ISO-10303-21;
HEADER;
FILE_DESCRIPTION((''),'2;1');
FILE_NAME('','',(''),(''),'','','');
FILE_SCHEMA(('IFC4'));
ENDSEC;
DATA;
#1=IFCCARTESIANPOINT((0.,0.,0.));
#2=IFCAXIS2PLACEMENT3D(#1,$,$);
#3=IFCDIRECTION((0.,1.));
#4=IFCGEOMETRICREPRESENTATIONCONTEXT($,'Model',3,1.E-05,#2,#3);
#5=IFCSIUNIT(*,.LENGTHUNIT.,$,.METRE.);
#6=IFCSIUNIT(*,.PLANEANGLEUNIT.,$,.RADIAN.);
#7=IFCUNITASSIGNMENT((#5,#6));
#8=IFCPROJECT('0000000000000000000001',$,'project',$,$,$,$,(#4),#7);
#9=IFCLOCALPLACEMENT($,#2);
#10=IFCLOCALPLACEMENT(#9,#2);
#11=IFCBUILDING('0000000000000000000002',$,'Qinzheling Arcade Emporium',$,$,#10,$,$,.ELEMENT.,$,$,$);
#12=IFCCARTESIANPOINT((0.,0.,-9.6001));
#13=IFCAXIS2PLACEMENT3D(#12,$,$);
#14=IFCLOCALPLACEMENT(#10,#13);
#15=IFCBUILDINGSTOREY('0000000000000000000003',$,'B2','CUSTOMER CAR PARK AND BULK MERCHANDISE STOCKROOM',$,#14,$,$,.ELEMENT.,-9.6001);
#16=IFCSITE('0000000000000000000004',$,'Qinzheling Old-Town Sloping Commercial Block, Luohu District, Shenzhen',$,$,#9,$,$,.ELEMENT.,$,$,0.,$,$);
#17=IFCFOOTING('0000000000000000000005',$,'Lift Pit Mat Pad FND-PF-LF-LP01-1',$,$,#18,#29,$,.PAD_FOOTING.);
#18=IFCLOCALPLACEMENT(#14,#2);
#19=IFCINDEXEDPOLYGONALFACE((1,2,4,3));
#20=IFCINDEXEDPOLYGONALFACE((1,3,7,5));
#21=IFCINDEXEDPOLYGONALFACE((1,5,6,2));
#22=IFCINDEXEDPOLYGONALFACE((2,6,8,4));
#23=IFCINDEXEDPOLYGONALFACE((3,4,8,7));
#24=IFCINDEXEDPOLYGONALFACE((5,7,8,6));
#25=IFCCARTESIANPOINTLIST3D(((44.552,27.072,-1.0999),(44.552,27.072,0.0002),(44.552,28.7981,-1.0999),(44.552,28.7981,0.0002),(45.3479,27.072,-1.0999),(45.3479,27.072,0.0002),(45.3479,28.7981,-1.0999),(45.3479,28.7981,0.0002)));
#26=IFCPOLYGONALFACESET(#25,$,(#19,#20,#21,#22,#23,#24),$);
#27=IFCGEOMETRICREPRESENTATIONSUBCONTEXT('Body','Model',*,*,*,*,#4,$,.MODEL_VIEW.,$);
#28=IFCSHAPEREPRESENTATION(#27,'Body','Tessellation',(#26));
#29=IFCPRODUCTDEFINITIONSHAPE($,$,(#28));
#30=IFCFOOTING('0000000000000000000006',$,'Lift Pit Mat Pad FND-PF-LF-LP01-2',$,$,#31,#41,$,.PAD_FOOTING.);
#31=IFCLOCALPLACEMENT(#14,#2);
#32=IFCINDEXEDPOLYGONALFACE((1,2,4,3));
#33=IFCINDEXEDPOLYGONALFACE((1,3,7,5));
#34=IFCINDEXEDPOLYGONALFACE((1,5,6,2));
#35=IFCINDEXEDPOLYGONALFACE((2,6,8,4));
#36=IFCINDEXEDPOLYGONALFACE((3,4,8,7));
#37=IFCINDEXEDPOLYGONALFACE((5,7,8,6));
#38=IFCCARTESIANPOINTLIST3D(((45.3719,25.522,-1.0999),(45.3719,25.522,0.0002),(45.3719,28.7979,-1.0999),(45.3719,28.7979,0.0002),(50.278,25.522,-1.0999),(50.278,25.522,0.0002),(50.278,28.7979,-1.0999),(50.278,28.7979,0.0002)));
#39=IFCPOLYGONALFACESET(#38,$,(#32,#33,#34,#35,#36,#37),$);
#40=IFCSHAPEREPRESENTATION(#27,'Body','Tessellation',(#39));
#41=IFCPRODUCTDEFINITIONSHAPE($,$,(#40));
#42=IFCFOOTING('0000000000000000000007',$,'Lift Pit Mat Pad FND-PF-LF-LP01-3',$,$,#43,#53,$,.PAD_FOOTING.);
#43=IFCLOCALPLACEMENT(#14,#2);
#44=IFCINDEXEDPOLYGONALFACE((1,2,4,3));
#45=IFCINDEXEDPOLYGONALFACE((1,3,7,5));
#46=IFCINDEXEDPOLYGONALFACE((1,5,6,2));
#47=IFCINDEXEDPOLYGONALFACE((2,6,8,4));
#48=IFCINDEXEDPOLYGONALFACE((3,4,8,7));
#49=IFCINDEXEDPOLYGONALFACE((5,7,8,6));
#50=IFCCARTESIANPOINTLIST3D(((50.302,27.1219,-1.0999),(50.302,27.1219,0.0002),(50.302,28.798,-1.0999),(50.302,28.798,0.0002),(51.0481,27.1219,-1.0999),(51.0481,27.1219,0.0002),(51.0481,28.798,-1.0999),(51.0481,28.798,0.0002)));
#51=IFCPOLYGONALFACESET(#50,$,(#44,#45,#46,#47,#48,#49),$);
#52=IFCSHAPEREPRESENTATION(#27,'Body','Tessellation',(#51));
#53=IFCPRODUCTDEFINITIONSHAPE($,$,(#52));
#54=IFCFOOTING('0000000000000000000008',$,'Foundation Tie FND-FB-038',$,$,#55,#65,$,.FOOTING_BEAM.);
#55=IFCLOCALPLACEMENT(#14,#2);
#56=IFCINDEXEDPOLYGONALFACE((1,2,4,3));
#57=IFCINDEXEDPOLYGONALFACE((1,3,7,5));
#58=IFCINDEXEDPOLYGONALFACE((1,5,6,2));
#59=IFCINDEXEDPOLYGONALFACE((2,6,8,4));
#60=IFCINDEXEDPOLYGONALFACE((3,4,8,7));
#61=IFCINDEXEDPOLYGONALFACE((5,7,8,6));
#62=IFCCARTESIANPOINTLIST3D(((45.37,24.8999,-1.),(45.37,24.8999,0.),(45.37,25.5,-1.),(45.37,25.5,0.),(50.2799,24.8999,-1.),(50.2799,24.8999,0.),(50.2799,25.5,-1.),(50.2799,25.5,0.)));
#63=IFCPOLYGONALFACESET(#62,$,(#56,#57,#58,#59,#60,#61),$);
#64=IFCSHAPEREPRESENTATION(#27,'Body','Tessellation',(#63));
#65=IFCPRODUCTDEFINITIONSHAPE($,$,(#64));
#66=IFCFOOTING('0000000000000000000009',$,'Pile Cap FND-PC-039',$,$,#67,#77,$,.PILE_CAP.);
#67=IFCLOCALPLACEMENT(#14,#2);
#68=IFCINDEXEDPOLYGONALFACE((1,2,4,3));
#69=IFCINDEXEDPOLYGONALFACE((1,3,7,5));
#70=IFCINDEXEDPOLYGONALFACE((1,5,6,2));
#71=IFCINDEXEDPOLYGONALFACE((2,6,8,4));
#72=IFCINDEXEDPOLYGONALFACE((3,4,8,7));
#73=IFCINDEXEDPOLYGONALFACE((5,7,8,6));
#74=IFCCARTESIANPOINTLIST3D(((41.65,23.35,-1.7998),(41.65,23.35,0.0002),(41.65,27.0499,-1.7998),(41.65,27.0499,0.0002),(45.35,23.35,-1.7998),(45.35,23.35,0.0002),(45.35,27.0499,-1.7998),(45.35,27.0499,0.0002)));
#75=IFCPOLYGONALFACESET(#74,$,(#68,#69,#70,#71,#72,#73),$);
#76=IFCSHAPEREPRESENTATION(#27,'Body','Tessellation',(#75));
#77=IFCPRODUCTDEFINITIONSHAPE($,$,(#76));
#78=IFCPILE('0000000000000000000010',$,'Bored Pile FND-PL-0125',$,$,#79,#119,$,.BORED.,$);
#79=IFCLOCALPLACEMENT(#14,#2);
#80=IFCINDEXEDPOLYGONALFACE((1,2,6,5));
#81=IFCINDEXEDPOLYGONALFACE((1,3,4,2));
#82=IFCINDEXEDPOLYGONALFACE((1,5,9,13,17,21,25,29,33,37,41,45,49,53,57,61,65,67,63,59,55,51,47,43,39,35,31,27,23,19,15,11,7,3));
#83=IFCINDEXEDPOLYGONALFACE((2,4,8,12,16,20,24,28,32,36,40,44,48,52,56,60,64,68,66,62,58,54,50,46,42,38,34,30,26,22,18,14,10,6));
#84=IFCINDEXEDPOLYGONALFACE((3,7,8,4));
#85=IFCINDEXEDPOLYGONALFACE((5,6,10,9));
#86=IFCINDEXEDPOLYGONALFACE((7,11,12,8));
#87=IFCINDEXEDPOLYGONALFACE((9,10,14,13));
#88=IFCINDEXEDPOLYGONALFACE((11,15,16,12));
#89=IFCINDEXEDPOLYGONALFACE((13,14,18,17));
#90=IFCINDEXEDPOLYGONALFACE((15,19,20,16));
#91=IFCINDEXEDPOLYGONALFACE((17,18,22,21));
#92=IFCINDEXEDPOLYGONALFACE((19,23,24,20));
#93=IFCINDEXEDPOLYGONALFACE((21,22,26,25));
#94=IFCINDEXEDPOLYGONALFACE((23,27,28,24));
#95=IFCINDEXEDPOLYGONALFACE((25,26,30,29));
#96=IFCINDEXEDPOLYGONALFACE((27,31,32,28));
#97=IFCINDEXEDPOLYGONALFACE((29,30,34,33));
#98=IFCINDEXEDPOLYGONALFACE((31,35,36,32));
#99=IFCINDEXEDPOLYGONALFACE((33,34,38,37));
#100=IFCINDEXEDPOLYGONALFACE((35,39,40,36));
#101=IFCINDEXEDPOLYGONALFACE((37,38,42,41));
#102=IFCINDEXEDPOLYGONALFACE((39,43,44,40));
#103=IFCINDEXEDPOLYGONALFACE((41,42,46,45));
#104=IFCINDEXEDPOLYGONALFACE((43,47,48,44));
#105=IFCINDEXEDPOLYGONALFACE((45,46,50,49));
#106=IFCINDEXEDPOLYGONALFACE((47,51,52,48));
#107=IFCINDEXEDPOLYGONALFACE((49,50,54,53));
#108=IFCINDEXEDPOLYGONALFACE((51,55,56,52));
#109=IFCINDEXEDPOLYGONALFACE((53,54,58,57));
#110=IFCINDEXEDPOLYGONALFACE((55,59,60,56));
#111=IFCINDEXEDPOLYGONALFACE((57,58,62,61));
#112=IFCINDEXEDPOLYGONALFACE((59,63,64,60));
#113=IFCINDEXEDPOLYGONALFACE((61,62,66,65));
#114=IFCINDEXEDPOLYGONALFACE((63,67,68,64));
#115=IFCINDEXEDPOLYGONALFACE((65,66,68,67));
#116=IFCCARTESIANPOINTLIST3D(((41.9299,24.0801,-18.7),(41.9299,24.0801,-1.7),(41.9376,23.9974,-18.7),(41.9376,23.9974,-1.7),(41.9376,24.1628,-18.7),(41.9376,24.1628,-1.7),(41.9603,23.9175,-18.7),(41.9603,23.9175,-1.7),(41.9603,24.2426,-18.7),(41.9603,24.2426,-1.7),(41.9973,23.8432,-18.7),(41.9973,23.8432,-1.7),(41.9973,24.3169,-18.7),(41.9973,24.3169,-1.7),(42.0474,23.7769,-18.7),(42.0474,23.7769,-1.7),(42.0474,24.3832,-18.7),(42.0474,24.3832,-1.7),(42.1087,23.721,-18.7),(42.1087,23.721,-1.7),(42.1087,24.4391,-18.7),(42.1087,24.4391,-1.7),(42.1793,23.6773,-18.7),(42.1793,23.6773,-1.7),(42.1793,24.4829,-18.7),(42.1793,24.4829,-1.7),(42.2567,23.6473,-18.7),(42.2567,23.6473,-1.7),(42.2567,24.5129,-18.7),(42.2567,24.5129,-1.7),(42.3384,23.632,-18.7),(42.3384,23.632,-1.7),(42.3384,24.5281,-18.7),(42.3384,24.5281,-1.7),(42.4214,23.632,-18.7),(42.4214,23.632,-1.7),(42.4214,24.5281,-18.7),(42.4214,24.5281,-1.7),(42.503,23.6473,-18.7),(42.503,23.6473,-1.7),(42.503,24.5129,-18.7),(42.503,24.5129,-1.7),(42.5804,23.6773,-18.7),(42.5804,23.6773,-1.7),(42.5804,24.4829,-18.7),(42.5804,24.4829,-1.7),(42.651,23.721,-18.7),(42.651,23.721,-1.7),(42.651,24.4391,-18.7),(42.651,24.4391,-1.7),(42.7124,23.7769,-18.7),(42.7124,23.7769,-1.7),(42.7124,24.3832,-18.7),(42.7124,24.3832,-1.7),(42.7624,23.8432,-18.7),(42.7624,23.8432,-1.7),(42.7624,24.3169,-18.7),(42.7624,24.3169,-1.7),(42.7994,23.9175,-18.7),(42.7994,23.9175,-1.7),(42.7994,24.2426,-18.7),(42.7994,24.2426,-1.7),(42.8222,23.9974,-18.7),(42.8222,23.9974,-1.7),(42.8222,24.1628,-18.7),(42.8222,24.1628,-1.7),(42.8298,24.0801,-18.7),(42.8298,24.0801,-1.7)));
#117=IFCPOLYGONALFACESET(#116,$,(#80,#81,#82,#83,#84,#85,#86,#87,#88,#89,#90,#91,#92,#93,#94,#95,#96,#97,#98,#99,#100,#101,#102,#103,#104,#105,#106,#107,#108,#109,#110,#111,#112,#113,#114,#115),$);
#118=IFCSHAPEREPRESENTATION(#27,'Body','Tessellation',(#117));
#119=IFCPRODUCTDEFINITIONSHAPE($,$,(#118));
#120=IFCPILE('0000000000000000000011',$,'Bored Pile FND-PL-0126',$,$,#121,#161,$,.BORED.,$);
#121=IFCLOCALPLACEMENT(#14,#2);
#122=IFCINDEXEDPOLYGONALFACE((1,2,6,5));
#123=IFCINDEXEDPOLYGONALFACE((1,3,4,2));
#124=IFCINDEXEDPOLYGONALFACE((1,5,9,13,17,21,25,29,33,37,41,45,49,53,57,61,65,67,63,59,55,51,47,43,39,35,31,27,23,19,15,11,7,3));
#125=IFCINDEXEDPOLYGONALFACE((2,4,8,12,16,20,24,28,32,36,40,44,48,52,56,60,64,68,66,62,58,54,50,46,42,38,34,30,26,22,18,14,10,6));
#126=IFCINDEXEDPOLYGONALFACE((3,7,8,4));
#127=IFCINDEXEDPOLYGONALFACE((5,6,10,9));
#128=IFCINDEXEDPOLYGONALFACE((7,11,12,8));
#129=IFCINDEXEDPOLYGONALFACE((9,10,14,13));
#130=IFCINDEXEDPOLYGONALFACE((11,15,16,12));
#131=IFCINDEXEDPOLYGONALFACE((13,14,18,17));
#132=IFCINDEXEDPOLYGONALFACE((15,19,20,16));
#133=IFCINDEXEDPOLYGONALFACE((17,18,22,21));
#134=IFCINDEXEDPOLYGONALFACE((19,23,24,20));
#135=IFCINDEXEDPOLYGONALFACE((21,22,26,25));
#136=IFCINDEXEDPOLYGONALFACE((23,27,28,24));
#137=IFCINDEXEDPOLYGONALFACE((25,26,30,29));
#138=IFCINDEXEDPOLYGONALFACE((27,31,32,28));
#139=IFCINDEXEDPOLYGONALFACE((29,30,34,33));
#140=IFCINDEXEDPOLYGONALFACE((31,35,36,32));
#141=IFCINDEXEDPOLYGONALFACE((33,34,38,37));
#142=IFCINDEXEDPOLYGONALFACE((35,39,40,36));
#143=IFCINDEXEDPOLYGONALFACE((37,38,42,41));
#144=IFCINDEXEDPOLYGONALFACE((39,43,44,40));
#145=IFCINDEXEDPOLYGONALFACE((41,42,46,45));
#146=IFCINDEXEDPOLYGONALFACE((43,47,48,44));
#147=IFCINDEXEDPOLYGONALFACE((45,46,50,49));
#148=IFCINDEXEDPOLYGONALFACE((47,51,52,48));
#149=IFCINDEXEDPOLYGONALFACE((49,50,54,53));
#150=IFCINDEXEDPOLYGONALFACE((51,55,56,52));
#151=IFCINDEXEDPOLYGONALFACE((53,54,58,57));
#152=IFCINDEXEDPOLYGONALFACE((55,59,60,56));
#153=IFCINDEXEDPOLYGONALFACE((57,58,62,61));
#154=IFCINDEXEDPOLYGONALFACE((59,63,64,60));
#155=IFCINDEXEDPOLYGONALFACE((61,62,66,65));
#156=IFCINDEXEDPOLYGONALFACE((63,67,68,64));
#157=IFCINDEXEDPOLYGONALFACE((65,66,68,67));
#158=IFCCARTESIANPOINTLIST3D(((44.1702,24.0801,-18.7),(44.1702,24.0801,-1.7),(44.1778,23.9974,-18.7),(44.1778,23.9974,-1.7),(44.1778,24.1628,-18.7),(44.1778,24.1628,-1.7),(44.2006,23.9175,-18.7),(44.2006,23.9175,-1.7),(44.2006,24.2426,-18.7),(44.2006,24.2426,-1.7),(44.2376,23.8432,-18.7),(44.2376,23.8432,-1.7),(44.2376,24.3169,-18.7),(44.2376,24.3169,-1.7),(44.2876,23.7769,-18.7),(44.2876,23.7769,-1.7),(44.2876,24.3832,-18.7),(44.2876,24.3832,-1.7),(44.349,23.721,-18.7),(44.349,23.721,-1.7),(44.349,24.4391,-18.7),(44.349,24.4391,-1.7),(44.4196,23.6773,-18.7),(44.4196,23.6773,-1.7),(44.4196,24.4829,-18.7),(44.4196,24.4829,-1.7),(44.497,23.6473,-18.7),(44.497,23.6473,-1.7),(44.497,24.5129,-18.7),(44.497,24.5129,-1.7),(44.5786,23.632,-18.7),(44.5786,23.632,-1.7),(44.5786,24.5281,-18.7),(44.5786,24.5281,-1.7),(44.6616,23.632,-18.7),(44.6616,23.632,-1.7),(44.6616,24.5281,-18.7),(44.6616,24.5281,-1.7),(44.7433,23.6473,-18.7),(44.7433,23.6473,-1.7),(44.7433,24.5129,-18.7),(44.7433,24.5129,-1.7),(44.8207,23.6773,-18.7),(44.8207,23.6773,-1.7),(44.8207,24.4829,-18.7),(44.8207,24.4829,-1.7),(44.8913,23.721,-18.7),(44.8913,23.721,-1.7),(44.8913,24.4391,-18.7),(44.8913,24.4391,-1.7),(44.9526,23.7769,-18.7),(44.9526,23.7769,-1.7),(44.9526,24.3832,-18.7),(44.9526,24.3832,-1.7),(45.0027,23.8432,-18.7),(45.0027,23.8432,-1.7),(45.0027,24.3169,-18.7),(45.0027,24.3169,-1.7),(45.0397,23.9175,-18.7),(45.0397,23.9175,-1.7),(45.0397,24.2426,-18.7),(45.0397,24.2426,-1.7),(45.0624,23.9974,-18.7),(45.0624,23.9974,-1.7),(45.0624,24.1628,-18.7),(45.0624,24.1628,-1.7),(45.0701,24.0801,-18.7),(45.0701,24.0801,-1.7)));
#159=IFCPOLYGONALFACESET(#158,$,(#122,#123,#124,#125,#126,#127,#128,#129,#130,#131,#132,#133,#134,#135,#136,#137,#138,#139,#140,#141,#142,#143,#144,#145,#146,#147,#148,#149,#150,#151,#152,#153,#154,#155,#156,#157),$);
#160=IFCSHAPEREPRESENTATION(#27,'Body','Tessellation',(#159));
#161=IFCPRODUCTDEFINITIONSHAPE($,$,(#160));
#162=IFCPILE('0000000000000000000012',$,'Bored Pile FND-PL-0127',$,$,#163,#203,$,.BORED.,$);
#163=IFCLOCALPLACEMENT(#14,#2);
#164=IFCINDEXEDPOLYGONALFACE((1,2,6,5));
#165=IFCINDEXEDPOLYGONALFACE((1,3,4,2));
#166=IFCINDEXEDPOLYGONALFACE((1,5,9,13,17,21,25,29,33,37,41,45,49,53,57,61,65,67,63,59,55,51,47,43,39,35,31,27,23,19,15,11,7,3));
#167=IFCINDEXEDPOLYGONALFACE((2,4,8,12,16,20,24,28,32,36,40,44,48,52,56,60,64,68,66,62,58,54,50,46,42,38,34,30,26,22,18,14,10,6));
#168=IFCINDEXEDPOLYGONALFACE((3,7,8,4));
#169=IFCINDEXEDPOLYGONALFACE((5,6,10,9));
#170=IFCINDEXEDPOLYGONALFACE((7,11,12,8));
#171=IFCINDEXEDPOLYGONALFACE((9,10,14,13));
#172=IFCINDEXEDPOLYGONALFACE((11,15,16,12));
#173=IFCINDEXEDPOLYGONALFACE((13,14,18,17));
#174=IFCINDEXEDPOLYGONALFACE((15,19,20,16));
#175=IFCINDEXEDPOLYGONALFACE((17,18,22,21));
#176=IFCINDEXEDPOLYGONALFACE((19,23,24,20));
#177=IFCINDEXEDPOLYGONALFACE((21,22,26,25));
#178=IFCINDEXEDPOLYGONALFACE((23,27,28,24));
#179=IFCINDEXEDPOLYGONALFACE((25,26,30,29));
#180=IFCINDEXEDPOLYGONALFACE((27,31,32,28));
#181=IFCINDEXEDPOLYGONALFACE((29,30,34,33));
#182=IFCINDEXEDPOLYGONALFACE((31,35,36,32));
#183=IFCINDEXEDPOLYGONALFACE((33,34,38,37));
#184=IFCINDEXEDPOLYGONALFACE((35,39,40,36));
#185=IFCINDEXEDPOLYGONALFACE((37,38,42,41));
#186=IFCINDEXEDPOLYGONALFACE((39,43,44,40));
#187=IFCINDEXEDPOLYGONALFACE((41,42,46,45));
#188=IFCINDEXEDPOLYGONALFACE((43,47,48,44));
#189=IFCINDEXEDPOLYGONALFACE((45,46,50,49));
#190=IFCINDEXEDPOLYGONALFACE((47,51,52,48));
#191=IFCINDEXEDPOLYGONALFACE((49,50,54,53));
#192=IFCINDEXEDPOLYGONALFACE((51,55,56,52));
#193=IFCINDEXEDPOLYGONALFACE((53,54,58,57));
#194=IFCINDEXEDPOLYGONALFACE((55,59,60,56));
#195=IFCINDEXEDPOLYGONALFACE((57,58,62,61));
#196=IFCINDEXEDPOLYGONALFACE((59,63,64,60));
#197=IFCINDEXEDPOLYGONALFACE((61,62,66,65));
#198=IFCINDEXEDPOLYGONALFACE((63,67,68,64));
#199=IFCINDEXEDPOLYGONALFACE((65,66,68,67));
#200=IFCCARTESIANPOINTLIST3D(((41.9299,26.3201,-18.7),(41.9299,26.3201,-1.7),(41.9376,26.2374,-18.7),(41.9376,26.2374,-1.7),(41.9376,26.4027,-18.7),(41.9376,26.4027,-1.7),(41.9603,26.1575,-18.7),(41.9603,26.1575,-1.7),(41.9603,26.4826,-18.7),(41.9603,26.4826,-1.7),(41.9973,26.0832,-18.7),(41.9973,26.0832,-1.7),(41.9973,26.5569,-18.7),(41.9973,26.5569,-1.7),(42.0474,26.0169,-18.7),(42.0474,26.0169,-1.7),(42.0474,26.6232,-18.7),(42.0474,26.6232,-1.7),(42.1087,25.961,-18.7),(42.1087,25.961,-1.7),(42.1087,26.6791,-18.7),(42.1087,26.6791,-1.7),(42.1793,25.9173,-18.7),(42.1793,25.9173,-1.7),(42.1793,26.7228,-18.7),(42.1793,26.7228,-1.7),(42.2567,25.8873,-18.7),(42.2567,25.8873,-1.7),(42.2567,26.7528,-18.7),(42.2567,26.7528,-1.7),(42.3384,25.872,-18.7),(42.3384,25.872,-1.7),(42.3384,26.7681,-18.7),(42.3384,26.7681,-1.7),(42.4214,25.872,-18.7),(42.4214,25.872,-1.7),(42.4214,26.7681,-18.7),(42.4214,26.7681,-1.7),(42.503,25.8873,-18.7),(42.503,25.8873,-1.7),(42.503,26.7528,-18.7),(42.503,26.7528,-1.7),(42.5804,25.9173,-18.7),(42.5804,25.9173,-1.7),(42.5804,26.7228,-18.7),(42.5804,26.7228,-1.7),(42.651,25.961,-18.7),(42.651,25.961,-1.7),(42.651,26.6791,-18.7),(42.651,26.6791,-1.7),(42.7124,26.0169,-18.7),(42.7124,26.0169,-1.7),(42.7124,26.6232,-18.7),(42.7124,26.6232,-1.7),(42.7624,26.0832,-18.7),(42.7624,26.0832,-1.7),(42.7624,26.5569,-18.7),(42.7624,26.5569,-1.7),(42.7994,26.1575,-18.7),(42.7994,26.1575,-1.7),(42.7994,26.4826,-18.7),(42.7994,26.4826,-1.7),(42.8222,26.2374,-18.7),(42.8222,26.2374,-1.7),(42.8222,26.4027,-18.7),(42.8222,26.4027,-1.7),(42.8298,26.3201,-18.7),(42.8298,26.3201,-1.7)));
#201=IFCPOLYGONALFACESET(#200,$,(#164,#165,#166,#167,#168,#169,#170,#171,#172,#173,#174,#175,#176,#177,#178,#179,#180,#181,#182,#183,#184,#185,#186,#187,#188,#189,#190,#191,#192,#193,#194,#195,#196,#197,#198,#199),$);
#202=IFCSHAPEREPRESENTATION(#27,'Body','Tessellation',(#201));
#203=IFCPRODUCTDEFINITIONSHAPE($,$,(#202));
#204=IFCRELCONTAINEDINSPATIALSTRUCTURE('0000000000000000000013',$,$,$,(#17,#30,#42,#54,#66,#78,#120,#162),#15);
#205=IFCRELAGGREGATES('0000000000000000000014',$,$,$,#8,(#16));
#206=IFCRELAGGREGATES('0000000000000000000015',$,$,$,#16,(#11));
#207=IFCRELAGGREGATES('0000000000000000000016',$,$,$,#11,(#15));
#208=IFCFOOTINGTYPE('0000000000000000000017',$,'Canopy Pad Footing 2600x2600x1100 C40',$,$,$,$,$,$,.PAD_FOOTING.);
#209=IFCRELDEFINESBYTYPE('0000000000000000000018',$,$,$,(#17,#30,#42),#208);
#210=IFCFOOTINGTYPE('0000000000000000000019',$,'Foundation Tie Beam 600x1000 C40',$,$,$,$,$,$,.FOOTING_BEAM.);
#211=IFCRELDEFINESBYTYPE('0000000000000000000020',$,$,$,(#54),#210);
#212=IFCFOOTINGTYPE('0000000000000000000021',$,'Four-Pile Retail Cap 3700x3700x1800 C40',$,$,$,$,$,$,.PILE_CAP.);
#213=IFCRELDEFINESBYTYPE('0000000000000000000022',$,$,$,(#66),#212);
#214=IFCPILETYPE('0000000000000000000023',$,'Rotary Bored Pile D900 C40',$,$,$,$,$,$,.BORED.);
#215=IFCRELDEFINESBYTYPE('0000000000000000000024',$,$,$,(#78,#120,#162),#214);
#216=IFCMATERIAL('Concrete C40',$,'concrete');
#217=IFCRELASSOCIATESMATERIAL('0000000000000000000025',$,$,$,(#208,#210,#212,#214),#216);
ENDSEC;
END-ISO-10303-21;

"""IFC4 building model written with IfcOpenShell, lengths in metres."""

from ifc_helpers import new_model, si_unit, direction, frame, origin, origin_2d, place, context, subcontext, project, spatial, rectangle, circle, extrude, material, material_profile, profile_set, type_object, element, save


model = new_model("IFC4")

# Units and contexts
model_context = context("Model", 3, precision=1e-05, world=origin(), true_north=direction((0.0, 1.0)))
body_context = subcontext(model_context, "Body", "Model", "MODEL_VIEW")
ifc_project = project(units=[si_unit("LENGTHUNIT", "METRE"), si_unit("PLANEANGLEUNIT", "RADIAN")], contexts=[model_context])

# Site, building, storey
site_placement = place(None, origin())
site = spatial("IfcSite", under=ifc_project, at=site_placement, Name="Qinzheling Old-Town Sloping Commercial Block, Luohu District, Shenzhen", CompositionType="ELEMENT", RefElevation=0.0)
building_placement = place(site_placement, origin())
building = spatial("IfcBuilding", under=site, at=building_placement, Name="Qinzheling Arcade Emporium", CompositionType="ELEMENT")
storey_placement = place(building_placement, frame((0.0, 0.0, -9.6001)))
storey = spatial("IfcBuildingStorey", under=building, at=storey_placement, Name="B2", Description="CUSTOMER CAR PARK AND BULK MERCHANDISE STOCKROOM", CompositionType="ELEMENT", Elevation=-9.6001)

# Footings
ifc_material_1 = material(Name="Concrete C40", Category="concrete")
footing_type_1 = type_object("IfcFootingType", Name="Canopy Pad Footing 2600x2600x1100 C40", PredefinedType="PAD_FOOTING", material=ifc_material_1)
footing_1_placement = place(storey_placement, frame((44.95, 27.9351, -1.0999), z_axis=(0.0, 0.0, 1.0), x_axis=(1.0, 0.0, 0.0)))
element("IfcFooting", 1, at=footing_1_placement, inside=storey, type_object=footing_type_1, Name="Lift Pit Mat Pad FND-PF-LF-LP01-1", PredefinedType="PAD_FOOTING", context=body_context, shape_type="SweptSolid", body=[
    extrude(rectangle(XDim=0.7959, YDim=1.7261, at=origin_2d()), origin(), (0.0, 0.0, 1.0), 1.1001),
])
footing_2_placement = place(storey_placement, frame((47.825, 27.1599, -1.0999), z_axis=(0.0, 0.0, 1.0), x_axis=(1.0, 0.0, 0.0)))
element("IfcFooting", 2, at=footing_2_placement, inside=storey, type_object=footing_type_1, Name="Lift Pit Mat Pad FND-PF-LF-LP01-2", PredefinedType="PAD_FOOTING", context=body_context, shape_type="SweptSolid", body=[
    extrude(rectangle(XDim=4.906, YDim=3.2759, at=origin_2d()), origin(), (0.0, 0.0, 1.0), 1.1001),
])
footing_3_placement = place(storey_placement, frame((50.675, 27.96, -1.0999), z_axis=(0.0, 0.0, 1.0), x_axis=(1.0, 0.0, 0.0)))
element("IfcFooting", 3, at=footing_3_placement, inside=storey, type_object=footing_type_1, Name="Lift Pit Mat Pad FND-PF-LF-LP01-3", PredefinedType="PAD_FOOTING", context=body_context, shape_type="SweptSolid", body=[
    extrude(rectangle(XDim=0.7461, YDim=1.676, at=origin_2d()), origin(), (0.0, 0.0, 1.0), 1.1001),
])
footing_type_2 = type_object("IfcFootingType", Name="Foundation Tie Beam 600x1000 C40", PredefinedType="FOOTING_BEAM", material=ifc_material_1)
footing_4_placement = place(storey_placement, frame((47.825, 25.2, -1.0), z_axis=(0.0, 0.0, 1.0), x_axis=(1.0, 0.0, 0.0)))
element("IfcFooting", 4, at=footing_4_placement, inside=storey, type_object=footing_type_2, Name="Foundation Tie FND-FB-038", PredefinedType="FOOTING_BEAM", context=body_context, shape_type="SweptSolid", body=[
    extrude(rectangle(XDim=4.9099, YDim=0.6001, at=origin_2d()), origin(), (0.0, 0.0, 1.0), 1.0),
])
footing_type_3 = type_object("IfcFootingType", Name="Four-Pile Retail Cap 3700x3700x1800 C40", PredefinedType="PILE_CAP", material=ifc_material_1)
footing_5_placement = place(storey_placement, frame((43.5, 25.2, -1.7998), z_axis=(0.0, 0.0, 1.0), x_axis=(1.0, 0.0, 0.0)))
element("IfcFooting", 5, at=footing_5_placement, inside=storey, type_object=footing_type_3, Name="Pile Cap FND-PC-039", PredefinedType="PILE_CAP", context=body_context, shape_type="SweptSolid", body=[
    extrude(rectangle(XDim=3.7, YDim=3.7, at=origin_2d()), origin(), (0.0, 0.0, 1.0), 1.8),
])

# Piles
ifc_material_profile_1 = material_profile(ifc_material_1, circle(Radius=0.45, at=origin_2d()), Name="BORED D900", Category="concrete")
ifc_profile_set_1 = profile_set([ifc_material_profile_1], Name="Concrete C40")
pile_type = type_object("IfcPileType", Name="Rotary Bored Pile D900 C40", PredefinedType="BORED", material=ifc_profile_set_1)
for number, where, z_axis, x_axis, name in (
    (6, (42.3799, 24.0801, -1.7), (0.0, 0.0, -1.0), (1.0, 0.0, 0.0), "Bored Pile FND-PL-0125"),
    (7, (44.6201, 24.0801, -1.7), (0.0, 0.0, -1.0), (1.0, 0.0, 0.0), "Bored Pile FND-PL-0126"),
    (8, (42.3799, 26.3201, -1.7), (0.0, 0.0, -1.0), (1.0, 0.0, 0.0), "Bored Pile FND-PL-0127"),
):
    element("IfcPile", number, at=place(storey_placement, frame(where, z_axis=z_axis, x_axis=x_axis)), inside=storey, type_object=pile_type, Name=name, PredefinedType="BORED", context=body_context, shape_type="SweptSolid", body=[
        extrude(circle(Radius=0.45, at=origin_2d()), origin(), (0.0, 0.0, 1.0), 17.0),
    ])

save(model, "model.ifc")
